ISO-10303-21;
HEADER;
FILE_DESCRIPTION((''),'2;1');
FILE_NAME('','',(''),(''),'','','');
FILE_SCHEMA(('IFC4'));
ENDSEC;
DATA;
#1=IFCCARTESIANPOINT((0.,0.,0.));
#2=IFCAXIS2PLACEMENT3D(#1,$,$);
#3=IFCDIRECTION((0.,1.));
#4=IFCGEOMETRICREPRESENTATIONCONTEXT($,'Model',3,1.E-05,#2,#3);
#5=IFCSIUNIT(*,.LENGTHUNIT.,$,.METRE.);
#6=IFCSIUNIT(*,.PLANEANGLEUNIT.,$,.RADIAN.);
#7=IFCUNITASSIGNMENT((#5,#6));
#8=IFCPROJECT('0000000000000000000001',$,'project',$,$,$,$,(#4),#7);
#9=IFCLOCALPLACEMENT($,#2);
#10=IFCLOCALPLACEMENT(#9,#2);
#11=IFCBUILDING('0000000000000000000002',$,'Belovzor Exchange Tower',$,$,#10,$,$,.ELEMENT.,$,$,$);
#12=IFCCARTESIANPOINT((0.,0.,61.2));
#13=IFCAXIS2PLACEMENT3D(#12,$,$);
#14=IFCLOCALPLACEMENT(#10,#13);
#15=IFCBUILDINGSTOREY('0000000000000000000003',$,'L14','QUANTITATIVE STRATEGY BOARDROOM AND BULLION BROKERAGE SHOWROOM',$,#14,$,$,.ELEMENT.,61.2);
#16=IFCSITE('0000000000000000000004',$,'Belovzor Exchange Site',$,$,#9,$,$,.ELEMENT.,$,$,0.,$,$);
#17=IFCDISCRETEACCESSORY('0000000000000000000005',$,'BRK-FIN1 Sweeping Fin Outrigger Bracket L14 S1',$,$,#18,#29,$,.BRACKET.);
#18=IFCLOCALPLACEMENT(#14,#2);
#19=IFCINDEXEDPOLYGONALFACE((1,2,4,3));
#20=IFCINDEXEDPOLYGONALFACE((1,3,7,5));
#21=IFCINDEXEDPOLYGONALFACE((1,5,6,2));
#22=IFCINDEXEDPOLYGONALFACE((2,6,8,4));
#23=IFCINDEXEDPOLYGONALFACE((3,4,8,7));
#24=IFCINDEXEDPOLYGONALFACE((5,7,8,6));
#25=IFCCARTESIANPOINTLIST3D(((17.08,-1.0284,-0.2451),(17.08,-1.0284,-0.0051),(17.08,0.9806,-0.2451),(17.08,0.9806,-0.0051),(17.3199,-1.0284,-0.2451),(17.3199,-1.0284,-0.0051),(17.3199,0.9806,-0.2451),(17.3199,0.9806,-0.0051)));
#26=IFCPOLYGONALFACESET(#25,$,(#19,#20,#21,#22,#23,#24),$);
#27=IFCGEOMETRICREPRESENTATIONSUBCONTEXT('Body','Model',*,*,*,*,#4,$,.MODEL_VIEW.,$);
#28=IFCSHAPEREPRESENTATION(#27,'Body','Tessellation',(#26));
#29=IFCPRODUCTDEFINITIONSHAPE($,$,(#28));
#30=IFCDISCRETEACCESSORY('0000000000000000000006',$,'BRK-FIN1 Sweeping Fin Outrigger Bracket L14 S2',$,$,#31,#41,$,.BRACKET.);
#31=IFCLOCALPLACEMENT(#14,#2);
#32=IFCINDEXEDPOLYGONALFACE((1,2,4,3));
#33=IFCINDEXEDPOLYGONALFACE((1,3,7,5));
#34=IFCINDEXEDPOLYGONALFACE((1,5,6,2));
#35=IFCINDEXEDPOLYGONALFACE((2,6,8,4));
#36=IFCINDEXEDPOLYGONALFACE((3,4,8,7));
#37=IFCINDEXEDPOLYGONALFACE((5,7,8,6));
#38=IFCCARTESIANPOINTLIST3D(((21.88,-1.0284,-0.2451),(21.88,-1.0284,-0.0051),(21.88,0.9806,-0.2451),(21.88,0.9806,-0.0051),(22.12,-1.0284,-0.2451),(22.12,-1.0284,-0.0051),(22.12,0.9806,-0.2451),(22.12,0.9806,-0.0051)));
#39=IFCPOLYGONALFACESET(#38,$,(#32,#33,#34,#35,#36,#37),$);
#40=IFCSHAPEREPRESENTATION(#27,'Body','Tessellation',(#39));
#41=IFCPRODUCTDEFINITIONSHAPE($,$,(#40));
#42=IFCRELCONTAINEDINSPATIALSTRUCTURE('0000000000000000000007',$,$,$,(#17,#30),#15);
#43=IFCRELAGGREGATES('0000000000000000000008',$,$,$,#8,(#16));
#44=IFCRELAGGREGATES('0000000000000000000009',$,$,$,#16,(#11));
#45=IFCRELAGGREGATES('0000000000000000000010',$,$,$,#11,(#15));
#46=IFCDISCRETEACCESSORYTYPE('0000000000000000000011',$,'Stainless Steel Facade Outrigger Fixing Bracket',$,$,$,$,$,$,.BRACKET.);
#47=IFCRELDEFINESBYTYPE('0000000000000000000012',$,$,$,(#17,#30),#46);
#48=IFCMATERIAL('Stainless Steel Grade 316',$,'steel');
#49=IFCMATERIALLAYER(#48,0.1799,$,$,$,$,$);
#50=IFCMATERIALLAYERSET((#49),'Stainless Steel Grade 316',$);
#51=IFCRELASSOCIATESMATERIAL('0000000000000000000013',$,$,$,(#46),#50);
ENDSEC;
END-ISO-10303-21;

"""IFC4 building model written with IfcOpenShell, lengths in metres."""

from ifc_helpers import new_model, si_unit, direction, frame, origin, origin_2d, place, context, subcontext, project, spatial, rectangle, extrude, material, layer, layer_set, type_object, element, save


model = new_model("IFC4")

# Units and contexts
model_context = context("Model", 3, precision=1e-05, world=origin(), true_north=direction((0.0, 1.0)))
body_context = subcontext(model_context, "Body", "Model", "MODEL_VIEW")
ifc_project = project(units=[si_unit("LENGTHUNIT", "METRE"), si_unit("PLANEANGLEUNIT", "RADIAN")], contexts=[model_context])

# Site, building, storey
site_placement = place(None, origin())
site = spatial("IfcSite", under=ifc_project, at=site_placement, Name="Belovzor Exchange Site", CompositionType="ELEMENT", RefElevation=0.0)
building_placement = place(site_placement, origin())
building = spatial("IfcBuilding", under=site, at=building_placement, Name="Belovzor Exchange Tower", CompositionType="ELEMENT")
storey_placement = place(building_placement, frame((0.0, 0.0, 61.2)))
storey = spatial("IfcBuildingStorey", under=building, at=storey_placement, Name="L14", Description="QUANTITATIVE STRATEGY BOARDROOM AND BULLION BROKERAGE SHOWROOM", CompositionType="ELEMENT", Elevation=61.2)

# Discrete accessories
ifc_material_1 = material(Name="Stainless Steel Grade 316", Category="steel")
ifc_layer_1 = layer(ifc_material_1, 0.1799)
ifc_layer_set_1 = layer_set([ifc_layer_1], Name="Stainless Steel Grade 316")
discrete_accessory_type = type_object("IfcDiscreteAccessoryType", Name="Stainless Steel Facade Outrigger Fixing Bracket", PredefinedType="BRACKET", material=ifc_layer_set_1)
for number, where, z_axis, x_axis, name in (
    (1, (17.2, -0.0239, -0.2451), (0.0, 0.0, 1.0), (0.0, 1.0, 0.0), "BRK-FIN1 Sweeping Fin Outrigger Bracket L14 S1"),
    (2, (22.0, -0.0239, -0.2451), (0.0, 0.0, 1.0), (0.0, 1.0, 0.0), "BRK-FIN1 Sweeping Fin Outrigger Bracket L14 S2"),
):
    element("IfcDiscreteAccessory", number, at=place(storey_placement, frame(where, z_axis=z_axis, x_axis=x_axis)), inside=storey, type_object=discrete_accessory_type, Name=name, PredefinedType="BRACKET", context=body_context, shape_type="SweptSolid", body=[
        extrude(rectangle(XDim=2.009, YDim=0.24, at=origin_2d()), origin(), (0.0, 0.0, 1.0), 0.24),
    ])

save(model, "model.ifc")
